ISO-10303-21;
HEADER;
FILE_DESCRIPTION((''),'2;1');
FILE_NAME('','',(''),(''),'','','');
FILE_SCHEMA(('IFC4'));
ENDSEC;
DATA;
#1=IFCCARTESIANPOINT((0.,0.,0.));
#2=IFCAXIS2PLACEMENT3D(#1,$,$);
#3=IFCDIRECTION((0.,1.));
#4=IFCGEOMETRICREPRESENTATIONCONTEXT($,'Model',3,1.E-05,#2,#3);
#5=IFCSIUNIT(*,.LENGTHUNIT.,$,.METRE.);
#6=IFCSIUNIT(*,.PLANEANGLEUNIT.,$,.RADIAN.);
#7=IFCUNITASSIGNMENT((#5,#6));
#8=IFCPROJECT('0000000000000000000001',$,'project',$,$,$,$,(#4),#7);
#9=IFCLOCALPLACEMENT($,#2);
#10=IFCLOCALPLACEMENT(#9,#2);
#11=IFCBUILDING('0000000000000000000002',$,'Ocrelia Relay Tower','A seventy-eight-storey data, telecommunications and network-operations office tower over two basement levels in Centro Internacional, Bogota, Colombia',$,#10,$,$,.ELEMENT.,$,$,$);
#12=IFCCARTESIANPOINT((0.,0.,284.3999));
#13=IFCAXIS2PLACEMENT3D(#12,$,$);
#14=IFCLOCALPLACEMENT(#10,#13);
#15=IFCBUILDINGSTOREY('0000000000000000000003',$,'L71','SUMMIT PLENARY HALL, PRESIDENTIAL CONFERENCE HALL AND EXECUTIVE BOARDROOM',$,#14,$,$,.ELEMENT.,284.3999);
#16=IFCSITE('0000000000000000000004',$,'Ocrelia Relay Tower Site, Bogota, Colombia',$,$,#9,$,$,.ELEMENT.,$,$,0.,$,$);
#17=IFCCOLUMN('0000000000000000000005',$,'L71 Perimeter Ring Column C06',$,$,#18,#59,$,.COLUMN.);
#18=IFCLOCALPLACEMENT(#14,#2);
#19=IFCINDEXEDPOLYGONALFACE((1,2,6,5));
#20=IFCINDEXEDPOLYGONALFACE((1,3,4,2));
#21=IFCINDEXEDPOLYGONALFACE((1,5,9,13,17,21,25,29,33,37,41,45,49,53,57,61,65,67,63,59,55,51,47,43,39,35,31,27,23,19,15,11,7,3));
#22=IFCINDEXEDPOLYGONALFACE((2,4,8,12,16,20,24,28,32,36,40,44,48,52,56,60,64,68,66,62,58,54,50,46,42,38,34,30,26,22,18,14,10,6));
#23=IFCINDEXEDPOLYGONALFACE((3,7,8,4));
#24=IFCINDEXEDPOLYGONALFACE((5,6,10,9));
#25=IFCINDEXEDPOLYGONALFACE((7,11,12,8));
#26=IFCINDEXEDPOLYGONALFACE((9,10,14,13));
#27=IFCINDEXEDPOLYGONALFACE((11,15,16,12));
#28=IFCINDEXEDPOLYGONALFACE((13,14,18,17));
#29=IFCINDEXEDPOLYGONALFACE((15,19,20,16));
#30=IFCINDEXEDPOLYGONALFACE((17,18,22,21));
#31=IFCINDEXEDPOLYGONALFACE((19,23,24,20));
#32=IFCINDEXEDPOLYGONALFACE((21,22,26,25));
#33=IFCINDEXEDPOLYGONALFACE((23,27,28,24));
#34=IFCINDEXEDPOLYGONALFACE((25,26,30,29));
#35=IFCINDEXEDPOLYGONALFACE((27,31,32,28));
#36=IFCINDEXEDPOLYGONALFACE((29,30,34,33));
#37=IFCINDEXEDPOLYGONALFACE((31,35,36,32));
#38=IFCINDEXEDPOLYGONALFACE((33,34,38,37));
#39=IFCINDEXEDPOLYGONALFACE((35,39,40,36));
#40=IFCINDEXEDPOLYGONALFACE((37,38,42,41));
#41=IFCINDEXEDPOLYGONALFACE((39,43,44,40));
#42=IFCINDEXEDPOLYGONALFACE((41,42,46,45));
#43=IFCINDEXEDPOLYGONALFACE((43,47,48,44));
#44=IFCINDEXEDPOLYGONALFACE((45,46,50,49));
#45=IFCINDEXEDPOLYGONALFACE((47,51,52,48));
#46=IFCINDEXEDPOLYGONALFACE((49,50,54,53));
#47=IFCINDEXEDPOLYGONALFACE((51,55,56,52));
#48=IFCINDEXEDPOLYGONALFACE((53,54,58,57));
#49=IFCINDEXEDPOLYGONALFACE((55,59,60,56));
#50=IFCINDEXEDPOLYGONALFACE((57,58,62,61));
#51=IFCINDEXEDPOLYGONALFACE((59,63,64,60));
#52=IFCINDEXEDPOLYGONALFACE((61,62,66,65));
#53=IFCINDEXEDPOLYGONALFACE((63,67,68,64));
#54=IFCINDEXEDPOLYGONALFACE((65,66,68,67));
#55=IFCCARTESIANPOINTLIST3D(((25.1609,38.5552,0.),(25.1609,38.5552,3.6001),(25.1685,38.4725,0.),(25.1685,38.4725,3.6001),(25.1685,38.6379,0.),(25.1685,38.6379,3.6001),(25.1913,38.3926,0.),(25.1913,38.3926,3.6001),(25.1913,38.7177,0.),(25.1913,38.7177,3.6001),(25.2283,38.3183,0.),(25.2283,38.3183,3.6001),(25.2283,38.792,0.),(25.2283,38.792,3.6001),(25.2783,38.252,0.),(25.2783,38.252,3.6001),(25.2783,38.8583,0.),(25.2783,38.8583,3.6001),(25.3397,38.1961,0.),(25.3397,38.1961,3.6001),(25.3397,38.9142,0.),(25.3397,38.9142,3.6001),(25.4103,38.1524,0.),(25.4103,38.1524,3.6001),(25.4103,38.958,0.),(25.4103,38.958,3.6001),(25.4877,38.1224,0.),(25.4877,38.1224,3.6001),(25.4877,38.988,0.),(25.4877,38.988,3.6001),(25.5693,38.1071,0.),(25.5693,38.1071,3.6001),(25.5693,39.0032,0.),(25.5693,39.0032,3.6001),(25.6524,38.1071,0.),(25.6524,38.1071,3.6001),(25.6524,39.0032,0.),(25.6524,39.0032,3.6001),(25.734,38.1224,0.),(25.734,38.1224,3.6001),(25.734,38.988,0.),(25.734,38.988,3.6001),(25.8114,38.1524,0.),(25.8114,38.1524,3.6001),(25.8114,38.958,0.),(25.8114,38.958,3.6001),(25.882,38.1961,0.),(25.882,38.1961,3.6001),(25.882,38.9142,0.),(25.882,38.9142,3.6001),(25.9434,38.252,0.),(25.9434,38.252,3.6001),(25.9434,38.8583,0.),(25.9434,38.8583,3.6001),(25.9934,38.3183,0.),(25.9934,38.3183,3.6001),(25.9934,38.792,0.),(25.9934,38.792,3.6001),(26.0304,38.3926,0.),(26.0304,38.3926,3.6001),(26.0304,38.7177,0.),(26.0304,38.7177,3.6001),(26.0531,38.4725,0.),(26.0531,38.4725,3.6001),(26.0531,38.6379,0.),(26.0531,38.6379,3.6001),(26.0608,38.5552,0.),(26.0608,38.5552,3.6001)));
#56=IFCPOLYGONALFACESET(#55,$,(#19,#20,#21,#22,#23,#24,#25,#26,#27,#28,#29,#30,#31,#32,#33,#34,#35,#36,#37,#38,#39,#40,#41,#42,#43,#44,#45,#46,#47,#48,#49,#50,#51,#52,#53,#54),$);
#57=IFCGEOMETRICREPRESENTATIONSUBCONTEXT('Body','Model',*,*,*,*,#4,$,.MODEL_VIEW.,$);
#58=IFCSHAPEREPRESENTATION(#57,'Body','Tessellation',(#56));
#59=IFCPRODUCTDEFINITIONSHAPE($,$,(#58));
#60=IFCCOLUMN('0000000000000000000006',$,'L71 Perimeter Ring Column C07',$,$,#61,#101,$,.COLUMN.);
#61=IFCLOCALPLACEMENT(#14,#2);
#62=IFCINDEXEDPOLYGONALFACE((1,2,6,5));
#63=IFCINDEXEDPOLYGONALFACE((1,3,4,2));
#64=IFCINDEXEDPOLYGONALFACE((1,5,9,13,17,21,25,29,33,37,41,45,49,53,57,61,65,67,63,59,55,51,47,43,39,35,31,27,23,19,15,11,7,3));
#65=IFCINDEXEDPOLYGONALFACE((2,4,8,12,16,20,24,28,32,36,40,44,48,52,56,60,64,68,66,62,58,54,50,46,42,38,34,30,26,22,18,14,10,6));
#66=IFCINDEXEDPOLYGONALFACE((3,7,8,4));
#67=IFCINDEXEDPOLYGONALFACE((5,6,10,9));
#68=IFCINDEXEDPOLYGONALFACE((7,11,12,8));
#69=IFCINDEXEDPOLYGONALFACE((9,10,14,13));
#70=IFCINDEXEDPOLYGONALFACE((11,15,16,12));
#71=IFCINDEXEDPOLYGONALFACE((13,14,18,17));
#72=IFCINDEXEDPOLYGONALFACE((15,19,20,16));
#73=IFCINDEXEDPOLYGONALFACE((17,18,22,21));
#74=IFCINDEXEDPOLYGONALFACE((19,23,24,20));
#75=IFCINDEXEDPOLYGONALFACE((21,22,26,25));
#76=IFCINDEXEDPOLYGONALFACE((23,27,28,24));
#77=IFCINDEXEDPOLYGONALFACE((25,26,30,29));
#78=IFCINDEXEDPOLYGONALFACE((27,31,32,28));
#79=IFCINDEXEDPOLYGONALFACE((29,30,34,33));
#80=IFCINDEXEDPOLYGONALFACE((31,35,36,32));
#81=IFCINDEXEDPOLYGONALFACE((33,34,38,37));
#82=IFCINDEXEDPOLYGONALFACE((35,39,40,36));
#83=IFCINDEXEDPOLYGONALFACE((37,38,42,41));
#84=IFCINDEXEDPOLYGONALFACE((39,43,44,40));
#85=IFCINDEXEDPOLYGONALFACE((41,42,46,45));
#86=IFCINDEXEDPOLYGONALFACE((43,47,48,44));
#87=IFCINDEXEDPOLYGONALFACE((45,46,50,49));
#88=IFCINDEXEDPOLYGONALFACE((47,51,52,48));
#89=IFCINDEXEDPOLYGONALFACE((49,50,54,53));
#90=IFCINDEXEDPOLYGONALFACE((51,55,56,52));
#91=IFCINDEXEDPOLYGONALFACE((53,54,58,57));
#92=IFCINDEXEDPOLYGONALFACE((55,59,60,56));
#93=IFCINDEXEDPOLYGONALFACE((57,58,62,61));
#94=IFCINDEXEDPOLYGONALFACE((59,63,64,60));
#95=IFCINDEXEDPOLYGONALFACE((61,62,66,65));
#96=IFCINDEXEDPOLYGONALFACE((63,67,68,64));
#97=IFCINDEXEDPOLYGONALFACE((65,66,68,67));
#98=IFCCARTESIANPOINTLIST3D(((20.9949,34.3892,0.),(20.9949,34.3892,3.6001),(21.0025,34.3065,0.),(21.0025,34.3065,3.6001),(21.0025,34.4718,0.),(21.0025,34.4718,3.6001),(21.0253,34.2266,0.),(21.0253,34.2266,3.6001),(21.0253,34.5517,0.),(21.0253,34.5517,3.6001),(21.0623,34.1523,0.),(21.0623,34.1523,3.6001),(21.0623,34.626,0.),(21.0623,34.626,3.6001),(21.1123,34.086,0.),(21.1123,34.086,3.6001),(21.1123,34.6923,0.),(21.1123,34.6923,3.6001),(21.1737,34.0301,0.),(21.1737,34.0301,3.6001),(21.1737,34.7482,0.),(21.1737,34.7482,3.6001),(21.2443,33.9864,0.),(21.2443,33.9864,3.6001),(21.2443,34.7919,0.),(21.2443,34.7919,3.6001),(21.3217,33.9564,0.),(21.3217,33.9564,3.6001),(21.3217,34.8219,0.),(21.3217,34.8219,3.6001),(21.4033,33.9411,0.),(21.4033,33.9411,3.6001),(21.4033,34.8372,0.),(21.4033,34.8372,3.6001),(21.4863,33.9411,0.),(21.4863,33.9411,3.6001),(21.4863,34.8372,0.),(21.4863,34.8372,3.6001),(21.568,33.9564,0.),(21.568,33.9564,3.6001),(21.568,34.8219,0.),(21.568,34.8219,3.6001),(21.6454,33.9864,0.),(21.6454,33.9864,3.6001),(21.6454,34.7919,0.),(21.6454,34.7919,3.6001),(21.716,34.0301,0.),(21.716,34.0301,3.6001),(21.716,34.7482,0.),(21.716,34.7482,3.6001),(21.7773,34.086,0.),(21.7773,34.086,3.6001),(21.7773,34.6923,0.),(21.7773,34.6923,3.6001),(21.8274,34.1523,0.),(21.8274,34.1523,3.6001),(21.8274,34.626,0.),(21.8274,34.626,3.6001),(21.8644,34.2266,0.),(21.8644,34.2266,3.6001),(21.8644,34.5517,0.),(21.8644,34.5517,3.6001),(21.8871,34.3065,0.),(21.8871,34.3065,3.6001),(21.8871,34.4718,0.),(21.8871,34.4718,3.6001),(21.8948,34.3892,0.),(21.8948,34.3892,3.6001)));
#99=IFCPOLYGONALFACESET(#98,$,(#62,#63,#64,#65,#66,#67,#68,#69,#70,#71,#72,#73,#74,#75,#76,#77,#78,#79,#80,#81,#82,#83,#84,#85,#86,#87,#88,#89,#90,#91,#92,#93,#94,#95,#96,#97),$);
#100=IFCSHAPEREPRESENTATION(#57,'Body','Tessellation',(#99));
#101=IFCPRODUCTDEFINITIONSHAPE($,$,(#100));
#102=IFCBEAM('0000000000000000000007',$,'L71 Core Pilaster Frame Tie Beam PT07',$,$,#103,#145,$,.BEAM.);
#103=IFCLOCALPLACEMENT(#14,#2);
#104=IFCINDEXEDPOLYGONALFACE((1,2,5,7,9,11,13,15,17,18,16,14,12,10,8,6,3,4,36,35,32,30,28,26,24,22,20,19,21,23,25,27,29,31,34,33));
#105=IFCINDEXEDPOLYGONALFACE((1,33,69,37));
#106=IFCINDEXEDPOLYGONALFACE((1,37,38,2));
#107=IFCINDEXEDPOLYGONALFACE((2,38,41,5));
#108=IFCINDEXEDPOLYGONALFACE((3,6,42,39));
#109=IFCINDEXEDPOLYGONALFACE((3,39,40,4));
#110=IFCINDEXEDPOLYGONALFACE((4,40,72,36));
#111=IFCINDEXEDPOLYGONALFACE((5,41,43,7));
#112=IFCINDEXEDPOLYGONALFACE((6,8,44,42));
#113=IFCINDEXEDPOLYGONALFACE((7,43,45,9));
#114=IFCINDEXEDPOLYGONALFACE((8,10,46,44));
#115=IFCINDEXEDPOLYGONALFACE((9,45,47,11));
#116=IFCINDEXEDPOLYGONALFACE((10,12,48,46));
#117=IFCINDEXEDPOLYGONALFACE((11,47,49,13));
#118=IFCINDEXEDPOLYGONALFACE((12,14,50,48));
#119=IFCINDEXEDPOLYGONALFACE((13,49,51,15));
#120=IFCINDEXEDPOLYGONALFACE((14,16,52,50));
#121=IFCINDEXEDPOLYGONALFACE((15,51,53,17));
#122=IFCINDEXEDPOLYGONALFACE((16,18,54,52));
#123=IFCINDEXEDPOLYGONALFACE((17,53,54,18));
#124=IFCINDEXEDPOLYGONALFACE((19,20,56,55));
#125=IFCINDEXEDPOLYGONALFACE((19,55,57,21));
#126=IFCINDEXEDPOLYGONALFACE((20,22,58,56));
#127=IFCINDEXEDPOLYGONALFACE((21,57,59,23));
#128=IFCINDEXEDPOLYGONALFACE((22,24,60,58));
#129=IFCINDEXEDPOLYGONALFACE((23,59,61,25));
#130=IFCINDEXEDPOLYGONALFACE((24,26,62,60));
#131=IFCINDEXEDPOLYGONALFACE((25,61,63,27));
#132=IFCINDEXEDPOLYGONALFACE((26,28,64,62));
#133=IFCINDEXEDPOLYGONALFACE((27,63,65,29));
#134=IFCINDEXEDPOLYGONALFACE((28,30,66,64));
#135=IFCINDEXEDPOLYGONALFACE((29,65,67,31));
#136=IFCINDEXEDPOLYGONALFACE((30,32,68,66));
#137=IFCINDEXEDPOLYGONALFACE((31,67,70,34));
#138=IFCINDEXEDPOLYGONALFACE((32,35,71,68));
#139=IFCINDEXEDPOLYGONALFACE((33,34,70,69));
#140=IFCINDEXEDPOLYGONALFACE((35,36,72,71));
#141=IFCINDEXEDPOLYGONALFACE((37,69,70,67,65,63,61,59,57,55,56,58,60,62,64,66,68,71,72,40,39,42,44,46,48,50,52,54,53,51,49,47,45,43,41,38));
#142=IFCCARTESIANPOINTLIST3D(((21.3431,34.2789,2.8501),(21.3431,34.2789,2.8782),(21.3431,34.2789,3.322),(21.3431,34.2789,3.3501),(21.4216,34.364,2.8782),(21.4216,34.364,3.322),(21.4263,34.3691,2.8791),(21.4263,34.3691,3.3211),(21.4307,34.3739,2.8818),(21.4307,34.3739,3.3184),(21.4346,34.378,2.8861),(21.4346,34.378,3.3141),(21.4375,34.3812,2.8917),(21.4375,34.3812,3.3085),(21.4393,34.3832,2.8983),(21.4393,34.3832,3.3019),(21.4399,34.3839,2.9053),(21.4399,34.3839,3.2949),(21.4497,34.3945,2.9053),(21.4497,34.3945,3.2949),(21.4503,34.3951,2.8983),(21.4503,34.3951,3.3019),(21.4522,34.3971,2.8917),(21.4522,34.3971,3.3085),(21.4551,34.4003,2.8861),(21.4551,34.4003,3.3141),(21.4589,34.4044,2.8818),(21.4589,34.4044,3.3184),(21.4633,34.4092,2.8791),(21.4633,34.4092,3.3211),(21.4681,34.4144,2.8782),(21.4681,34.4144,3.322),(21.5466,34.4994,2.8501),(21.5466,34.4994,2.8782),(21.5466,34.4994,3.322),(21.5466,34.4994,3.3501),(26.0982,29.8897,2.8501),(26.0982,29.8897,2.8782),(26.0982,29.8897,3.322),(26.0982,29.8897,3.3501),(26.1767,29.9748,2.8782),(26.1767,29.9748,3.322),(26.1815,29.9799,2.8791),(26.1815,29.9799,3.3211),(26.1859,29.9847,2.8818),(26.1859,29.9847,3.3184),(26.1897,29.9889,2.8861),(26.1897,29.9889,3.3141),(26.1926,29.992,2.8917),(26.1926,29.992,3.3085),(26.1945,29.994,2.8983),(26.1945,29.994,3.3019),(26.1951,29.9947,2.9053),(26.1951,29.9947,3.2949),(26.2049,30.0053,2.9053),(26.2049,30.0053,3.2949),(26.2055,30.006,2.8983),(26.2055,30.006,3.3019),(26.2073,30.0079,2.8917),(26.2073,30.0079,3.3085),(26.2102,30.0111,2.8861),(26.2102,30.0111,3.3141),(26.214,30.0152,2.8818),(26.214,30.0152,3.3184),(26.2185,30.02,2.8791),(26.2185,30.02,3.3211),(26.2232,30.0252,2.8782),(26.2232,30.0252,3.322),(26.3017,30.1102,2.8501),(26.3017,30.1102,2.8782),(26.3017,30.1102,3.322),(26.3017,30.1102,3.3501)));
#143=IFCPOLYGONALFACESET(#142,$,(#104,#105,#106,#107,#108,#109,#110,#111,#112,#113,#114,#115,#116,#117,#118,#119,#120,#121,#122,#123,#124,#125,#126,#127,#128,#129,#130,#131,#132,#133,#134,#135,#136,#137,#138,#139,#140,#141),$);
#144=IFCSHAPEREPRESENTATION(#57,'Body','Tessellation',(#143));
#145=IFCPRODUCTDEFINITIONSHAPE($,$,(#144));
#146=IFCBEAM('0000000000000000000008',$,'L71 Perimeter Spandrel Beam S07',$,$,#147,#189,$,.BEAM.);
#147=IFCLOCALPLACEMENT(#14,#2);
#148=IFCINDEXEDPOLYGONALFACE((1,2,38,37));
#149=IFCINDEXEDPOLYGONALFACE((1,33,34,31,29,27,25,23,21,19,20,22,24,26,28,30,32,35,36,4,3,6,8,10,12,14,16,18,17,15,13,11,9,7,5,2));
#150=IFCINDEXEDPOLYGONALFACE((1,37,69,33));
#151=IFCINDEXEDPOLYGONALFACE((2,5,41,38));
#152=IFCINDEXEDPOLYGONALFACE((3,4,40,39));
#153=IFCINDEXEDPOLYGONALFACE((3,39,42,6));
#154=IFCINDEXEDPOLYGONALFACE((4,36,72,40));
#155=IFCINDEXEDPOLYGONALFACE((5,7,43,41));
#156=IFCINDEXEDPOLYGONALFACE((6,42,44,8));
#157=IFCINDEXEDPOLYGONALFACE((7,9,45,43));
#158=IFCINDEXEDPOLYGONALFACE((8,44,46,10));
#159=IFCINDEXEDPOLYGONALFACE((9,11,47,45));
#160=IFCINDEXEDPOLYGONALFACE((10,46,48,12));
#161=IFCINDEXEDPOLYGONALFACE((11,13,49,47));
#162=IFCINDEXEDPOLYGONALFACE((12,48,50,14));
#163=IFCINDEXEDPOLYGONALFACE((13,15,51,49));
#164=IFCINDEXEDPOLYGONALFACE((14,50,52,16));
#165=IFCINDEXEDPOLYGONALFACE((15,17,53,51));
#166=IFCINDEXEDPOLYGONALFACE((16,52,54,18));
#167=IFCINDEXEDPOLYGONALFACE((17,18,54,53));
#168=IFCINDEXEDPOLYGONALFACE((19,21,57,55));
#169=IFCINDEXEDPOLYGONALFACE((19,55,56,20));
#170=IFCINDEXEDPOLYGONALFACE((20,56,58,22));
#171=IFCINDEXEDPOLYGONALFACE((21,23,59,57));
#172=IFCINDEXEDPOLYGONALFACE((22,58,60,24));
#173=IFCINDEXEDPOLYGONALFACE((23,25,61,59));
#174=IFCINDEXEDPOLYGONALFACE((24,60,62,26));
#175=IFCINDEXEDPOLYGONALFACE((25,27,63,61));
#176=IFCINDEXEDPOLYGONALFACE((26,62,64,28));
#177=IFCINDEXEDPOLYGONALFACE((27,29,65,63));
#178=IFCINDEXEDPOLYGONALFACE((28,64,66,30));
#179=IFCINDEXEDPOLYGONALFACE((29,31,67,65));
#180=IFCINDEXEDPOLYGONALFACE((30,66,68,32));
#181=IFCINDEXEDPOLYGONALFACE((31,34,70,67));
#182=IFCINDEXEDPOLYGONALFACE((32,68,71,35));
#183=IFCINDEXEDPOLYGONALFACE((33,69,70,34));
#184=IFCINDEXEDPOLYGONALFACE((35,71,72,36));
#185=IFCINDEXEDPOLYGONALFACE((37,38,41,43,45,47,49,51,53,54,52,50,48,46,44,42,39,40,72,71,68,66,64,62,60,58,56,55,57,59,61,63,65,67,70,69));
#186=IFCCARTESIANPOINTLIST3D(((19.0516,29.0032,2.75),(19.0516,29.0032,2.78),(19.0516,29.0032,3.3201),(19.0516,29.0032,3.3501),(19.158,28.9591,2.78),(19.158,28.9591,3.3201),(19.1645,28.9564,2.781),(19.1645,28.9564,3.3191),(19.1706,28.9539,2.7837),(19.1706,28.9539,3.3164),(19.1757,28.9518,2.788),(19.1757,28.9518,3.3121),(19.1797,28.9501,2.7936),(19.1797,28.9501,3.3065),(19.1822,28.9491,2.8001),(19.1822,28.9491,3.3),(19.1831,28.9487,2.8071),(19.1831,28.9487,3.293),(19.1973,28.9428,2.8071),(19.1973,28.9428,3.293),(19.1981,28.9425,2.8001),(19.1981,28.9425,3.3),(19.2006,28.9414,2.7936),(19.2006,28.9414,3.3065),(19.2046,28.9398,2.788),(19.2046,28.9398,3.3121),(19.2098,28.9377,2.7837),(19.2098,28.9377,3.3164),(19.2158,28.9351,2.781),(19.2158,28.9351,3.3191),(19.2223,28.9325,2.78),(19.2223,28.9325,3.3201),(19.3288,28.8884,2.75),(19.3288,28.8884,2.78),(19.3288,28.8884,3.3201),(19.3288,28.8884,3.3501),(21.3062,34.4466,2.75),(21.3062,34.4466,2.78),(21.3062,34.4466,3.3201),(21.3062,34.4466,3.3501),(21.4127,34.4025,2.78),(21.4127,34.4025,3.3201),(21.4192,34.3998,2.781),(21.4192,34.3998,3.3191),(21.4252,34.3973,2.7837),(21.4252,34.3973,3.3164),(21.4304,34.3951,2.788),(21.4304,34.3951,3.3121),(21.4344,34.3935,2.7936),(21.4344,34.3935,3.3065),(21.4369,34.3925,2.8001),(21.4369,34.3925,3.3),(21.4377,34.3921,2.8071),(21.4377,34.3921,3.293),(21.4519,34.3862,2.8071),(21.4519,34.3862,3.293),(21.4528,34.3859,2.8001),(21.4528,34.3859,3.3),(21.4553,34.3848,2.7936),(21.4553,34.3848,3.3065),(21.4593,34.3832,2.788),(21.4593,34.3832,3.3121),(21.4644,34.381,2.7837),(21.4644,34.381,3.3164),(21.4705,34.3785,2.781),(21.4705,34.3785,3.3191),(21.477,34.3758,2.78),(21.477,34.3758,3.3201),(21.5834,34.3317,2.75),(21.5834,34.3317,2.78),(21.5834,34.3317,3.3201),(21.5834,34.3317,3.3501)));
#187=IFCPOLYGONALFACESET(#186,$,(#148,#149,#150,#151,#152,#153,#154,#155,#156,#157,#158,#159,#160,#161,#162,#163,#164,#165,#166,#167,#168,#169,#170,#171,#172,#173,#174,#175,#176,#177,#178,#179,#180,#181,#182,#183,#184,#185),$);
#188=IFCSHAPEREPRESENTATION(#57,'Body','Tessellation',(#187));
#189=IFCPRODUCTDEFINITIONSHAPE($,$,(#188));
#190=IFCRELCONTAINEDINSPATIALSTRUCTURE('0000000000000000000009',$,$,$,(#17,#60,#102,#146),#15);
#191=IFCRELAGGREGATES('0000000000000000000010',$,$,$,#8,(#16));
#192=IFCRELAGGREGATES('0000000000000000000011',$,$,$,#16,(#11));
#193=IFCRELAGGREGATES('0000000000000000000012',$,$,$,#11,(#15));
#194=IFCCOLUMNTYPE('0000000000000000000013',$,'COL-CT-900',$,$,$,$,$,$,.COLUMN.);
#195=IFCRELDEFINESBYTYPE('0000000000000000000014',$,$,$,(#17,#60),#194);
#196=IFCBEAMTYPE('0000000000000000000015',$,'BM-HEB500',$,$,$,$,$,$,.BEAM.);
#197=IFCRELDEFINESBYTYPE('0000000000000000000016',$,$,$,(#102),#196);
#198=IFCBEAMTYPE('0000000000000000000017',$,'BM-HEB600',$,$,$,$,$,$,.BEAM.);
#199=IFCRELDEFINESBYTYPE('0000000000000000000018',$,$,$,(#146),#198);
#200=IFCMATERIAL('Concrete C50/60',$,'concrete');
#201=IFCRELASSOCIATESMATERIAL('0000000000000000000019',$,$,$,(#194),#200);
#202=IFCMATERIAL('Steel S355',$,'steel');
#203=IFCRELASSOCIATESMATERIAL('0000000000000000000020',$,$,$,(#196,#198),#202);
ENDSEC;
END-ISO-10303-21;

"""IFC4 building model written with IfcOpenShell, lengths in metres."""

from ifc_helpers import new_model, si_unit, direction, frame, origin, origin_2d, place, context, subcontext, project, spatial, circle, i_section, extrude, material, material_profile, profile_set, type_object, element, save


model = new_model("IFC4")

# Units and contexts
model_context = context("Model", 3, precision=1e-05, world=origin(), true_north=direction((0.0, 1.0)))
body_context = subcontext(model_context, "Body", "Model", "MODEL_VIEW")
ifc_project = project(units=[si_unit("LENGTHUNIT", "METRE"), si_unit("PLANEANGLEUNIT", "RADIAN")], contexts=[model_context])

# Site, building, storey
site_placement = place(None, origin())
site = spatial("IfcSite", under=ifc_project, at=site_placement, Name="Ocrelia Relay Tower Site, Bogota, Colombia", CompositionType="ELEMENT", RefElevation=0.0)
building_placement = place(site_placement, origin())
building = spatial("IfcBuilding", under=site, at=building_placement, Name="Ocrelia Relay Tower", Description="A seventy-eight-storey data, telecommunications and network-operations office tower over two basement levels in Centro Internacional, Bogota, Colombia", CompositionType="ELEMENT")
storey_placement = place(building_placement, frame((0.0, 0.0, 284.3999)))
storey = spatial("IfcBuildingStorey", under=building, at=storey_placement, Name="L71", Description="SUMMIT PLENARY HALL, PRESIDENTIAL CONFERENCE HALL AND EXECUTIVE BOARDROOM", CompositionType="ELEMENT", Elevation=284.3999)

# Columns
ifc_material_1 = material(Name="Concrete C50/60", Category="concrete")
ifc_material_profile_1 = material_profile(ifc_material_1, circle(Radius=0.45, at=origin_2d()), Name="RC-CIR-900")
ifc_profile_set_1 = profile_set([ifc_material_profile_1], Name="Concrete C50/60")
column_type = type_object("IfcColumnType", Name="COL-CT-900", PredefinedType="COLUMN", material=ifc_profile_set_1)
for number, where, z_axis, x_axis, name in (
    (1, (25.6108, 38.5552, 0.0), (0.0, 0.0, 1.0), (1.0, 0.0, 0.0), "L71 Perimeter Ring Column C06"),
    (2, (21.4448, 34.3892, 0.0), (0.0, 0.0, 1.0), (1.0, 0.0, 0.0), "L71 Perimeter Ring Column C07"),
):
    element("IfcColumn", number, at=place(storey_placement, frame(where, z_axis=z_axis, x_axis=x_axis)), inside=storey, type_object=column_type, Name=name, PredefinedType="COLUMN", context=body_context, shape_type="SweptSolid", body=[
        extrude(circle(Radius=0.45, at=origin_2d()), origin(), (0.0, 0.0, 1.0), 3.6001),
    ])

# Beams
ifc_material_2 = material(Name="Steel S355", Category="steel")
ifc_material_profile_2 = material_profile(ifc_material_2, i_section(OverallWidth=0.3, OverallDepth=0.5, WebThickness=0.0144, FlangeThickness=0.0281, FilletRadius=0.0271, at=origin_2d()), Name="HEB 500")
ifc_profile_set_2 = profile_set([ifc_material_profile_2], Name="Steel S355")
beam_type_1 = type_object("IfcBeamType", Name="BM-HEB500", PredefinedType="BEAM", material=ifc_profile_set_2)
beam_1_placement = place(storey_placement, frame((21.4448, 34.3892, 3.1001), z_axis=(0.734818, -0.678264, 0.0), x_axis=(0.678264, 0.734818, 0.0)))
element("IfcBeam", 3, at=beam_1_placement, inside=storey, type_object=beam_type_1, Name="L71 Core Pilaster Frame Tie Beam PT07", PredefinedType="BEAM", context=body_context, shape_type="SweptSolid", body=[
    extrude(i_section(OverallWidth=0.3, OverallDepth=0.5, WebThickness=0.0144, FlangeThickness=0.0281, FilletRadius=0.0271, at=origin_2d()), origin(), (0.0, 0.0, 1.0), 6.4712),
])
ifc_material_profile_3 = material_profile(ifc_material_2, i_section(OverallWidth=0.3, OverallDepth=0.6001, WebThickness=0.0154, FlangeThickness=0.03, FilletRadius=0.0271, at=origin_2d()), Name="HEB 600")
ifc_profile_set_3 = profile_set([ifc_material_profile_3], Name="Steel S355")
beam_type_2 = type_object("IfcBeamType", Name="BM-HEB600", PredefinedType="BEAM", material=ifc_profile_set_3)
beam_2_placement = place(storey_placement, frame((21.4448, 34.3892, 3.05), z_axis=(-0.382673, -0.923884, 0.0), x_axis=(0.923884, -0.382673, 0.0)))
element("IfcBeam", 4, at=beam_2_placement, inside=storey, type_object=beam_type_2, Name="L71 Perimeter Spandrel Beam S07", PredefinedType="BEAM", context=body_context, shape_type="SweptSolid", body=[
    extrude(i_section(OverallWidth=0.3, OverallDepth=0.6001, WebThickness=0.0154, FlangeThickness=0.03, FilletRadius=0.0271, at=origin_2d()), origin(), (0.0, 0.0, 1.0), 5.8918),
])

save(model, "model.ifc")
